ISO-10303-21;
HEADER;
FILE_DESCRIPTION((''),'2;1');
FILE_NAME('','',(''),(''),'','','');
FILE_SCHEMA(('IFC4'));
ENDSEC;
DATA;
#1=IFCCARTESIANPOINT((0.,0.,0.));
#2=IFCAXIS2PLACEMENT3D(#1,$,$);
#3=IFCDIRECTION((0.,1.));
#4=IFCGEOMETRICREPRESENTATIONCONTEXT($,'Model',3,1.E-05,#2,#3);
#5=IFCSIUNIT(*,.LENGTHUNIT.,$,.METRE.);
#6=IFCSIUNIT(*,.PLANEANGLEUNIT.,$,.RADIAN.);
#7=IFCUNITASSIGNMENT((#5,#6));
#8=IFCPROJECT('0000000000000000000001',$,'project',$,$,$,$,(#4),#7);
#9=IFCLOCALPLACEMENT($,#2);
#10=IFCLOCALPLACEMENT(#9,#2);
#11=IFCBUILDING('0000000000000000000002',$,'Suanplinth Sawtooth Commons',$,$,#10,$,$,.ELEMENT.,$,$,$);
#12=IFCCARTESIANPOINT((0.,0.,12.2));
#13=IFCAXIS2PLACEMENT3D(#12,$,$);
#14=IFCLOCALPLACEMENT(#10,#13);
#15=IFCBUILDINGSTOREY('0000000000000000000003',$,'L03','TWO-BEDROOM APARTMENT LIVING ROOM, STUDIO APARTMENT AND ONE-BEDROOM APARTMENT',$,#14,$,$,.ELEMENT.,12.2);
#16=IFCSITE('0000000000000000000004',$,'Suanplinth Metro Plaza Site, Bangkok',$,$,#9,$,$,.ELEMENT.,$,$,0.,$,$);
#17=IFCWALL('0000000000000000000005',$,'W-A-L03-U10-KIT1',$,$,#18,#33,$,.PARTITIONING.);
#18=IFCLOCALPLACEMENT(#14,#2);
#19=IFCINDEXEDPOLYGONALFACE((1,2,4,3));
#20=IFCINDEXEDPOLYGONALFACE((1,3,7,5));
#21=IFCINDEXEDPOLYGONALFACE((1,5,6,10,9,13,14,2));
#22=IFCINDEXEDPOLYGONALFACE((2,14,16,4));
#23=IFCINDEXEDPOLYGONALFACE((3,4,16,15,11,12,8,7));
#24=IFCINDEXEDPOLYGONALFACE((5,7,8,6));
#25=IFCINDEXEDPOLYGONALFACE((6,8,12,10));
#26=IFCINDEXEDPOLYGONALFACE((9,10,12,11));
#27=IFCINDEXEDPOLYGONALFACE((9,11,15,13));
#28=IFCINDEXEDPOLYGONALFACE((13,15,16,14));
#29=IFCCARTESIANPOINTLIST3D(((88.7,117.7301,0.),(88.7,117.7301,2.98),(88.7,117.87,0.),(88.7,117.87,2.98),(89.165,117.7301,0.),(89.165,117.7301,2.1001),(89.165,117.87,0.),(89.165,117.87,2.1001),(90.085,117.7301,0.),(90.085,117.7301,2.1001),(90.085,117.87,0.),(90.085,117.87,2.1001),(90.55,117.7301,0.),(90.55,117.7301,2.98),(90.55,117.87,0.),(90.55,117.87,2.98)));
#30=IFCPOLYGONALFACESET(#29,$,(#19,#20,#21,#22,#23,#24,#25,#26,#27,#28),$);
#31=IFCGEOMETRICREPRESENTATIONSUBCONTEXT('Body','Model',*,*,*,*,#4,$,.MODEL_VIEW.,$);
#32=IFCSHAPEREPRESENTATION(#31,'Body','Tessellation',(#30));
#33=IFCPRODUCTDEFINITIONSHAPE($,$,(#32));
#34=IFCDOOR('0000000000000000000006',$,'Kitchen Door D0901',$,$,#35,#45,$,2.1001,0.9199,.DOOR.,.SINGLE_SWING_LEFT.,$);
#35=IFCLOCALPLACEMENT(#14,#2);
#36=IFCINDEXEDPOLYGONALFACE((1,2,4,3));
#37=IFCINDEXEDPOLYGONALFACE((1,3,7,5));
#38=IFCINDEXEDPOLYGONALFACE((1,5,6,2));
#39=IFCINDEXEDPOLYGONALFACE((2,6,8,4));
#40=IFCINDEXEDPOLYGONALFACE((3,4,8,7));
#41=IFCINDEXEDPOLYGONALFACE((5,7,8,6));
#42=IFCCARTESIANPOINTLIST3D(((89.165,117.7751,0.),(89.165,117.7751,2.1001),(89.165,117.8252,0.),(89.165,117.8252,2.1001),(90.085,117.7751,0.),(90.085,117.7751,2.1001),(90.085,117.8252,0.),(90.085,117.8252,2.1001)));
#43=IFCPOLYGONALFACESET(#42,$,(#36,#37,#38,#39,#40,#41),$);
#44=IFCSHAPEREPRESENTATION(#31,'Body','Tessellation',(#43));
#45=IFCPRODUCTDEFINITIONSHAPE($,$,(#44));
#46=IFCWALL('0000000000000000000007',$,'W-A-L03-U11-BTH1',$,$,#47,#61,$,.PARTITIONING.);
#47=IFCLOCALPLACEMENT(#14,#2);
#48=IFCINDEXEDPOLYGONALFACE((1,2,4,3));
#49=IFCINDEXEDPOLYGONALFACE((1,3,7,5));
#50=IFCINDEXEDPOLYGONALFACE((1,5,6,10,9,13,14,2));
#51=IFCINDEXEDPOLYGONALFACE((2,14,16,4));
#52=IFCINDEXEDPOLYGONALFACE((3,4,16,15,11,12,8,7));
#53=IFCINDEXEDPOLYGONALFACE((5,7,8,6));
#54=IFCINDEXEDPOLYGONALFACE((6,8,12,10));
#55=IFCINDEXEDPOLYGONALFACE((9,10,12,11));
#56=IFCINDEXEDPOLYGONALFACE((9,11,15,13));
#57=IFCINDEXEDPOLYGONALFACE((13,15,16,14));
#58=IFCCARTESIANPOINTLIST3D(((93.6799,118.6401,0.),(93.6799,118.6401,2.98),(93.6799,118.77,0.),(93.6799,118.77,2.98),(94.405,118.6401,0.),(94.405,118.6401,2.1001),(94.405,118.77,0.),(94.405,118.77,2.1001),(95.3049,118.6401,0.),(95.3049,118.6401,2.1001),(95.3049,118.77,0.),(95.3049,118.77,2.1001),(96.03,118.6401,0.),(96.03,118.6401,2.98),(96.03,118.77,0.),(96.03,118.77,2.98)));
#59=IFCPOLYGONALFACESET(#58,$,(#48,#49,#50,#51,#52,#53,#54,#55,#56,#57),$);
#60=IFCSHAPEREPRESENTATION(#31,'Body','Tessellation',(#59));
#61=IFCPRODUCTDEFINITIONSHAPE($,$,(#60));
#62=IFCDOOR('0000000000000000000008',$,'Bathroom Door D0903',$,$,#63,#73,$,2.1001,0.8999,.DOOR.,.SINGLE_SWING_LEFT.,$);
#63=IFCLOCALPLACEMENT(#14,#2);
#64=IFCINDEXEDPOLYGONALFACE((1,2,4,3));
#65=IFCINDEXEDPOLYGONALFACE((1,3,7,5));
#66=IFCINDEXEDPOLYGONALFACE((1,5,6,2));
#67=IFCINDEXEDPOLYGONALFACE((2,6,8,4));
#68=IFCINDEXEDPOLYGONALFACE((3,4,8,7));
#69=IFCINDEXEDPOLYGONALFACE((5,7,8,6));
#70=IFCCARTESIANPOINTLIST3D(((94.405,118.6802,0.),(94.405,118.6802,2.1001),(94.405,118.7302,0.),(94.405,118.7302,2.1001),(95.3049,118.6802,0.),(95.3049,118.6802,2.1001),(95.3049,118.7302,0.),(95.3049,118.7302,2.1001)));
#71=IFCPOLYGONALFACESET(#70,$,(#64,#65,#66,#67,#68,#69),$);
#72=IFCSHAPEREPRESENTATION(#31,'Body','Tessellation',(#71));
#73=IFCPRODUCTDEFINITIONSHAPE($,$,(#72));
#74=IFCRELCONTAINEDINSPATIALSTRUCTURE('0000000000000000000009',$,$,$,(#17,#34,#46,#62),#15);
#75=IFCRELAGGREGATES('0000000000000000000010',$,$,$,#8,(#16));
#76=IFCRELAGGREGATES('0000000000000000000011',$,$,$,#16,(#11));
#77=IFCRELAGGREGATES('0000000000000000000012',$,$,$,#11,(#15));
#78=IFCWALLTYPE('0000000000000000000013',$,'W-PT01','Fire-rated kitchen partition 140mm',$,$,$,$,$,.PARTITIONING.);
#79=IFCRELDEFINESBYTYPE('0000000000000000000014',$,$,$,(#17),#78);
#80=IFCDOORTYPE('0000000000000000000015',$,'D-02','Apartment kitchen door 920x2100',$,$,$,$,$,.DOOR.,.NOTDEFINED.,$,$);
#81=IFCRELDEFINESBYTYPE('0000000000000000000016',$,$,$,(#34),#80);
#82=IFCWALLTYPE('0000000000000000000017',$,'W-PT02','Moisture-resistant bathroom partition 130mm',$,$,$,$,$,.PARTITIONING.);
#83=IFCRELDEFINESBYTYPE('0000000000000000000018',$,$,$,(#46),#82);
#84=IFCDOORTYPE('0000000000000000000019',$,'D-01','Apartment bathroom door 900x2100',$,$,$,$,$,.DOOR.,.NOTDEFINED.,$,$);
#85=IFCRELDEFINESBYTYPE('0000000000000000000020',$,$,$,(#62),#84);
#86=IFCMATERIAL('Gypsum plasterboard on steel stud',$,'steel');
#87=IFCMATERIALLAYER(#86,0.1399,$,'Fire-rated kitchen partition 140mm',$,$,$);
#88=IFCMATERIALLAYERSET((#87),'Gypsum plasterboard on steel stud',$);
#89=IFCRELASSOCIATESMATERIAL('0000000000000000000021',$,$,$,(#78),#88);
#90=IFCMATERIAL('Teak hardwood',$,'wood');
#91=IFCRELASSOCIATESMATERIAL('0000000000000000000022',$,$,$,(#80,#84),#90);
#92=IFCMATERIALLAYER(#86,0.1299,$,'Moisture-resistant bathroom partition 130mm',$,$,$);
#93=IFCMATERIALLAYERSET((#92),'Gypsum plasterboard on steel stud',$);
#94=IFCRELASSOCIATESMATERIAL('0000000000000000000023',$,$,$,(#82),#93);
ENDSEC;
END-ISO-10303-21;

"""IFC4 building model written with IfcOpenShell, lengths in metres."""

from ifc_helpers import new_model, si_unit, direction, frame, frame_2d, origin, place, context, subcontext, project, spatial, rectangle, extrude, material, layer, layer_set, type_object, element, fill, save


model = new_model("IFC4")

# Units and contexts
model_context = context("Model", 3, precision=1e-05, world=origin(), true_north=direction((0.0, 1.0)))
body_context = subcontext(model_context, "Body", "Model", "MODEL_VIEW")
ifc_project = project(units=[si_unit("LENGTHUNIT", "METRE"), si_unit("PLANEANGLEUNIT", "RADIAN")], contexts=[model_context])

# Site, building, storey
site_placement = place(None, origin())
site = spatial("IfcSite", under=ifc_project, at=site_placement, Name="Suanplinth Metro Plaza Site, Bangkok", CompositionType="ELEMENT", RefElevation=0.0)
building_placement = place(site_placement, origin())
building = spatial("IfcBuilding", under=site, at=building_placement, Name="Suanplinth Sawtooth Commons", CompositionType="ELEMENT")
storey_placement = place(building_placement, frame((0.0, 0.0, 12.2)))
storey = spatial("IfcBuildingStorey", under=building, at=storey_placement, Name="L03", Description="TWO-BEDROOM APARTMENT LIVING ROOM, STUDIO APARTMENT AND ONE-BEDROOM APARTMENT", CompositionType="ELEMENT", Elevation=12.2)

# Walls, openings, doors
ifc_material_1 = material(Name="Gypsum plasterboard on steel stud", Category="steel")
ifc_layer_1 = layer(ifc_material_1, 0.1399, Name="Fire-rated kitchen partition 140mm")
ifc_layer_set_1 = layer_set([ifc_layer_1], Name="Gypsum plasterboard on steel stud")
wall_type_1 = type_object("IfcWallType", Name="W-PT01", Description="Fire-rated kitchen partition 140mm", PredefinedType="PARTITIONING", material=ifc_layer_set_1)
wall_1_placement = place(storey_placement, frame((88.7, 117.8, 0.0), z_axis=(0.0, 0.0, 1.0), x_axis=(1.0, 0.0, 0.0)))
wall_1 = element("IfcWall", 1, at=wall_1_placement, inside=storey, type_object=wall_type_1, Name="W-A-L03-U10-KIT1", PredefinedType="PARTITIONING", context=body_context, shape_type="SweptSolid", body=[
    extrude(rectangle(XDim=1.8501, YDim=0.1399, at=frame_2d((0.925, 0.0))), origin(), (0.0, 0.0, 1.0), 2.98),
])
opening_1_placement = place(wall_1_placement, frame((0.4651, 0.0, 0.0)))
opening_1 = element("IfcOpeningElement", 2, at=opening_1_placement, cuts=wall_1, PredefinedType="OPENING", context=body_context, shape_type="SweptSolid", body=[
    extrude(rectangle(XDim=0.9199, YDim=2.1001, at=frame_2d((0.46, 1.05))), frame((0.0, 0.085, 0.0), z_axis=(0.0, -1.0, 0.0), x_axis=(1.0, 0.0, 0.0)), (0.0, 0.0, 1.0), 0.1697),
])
ifc_material_2 = material(Name="Teak hardwood", Category="wood")
door_type_1 = type_object("IfcDoorType", Name="D-02", Description="Apartment kitchen door 920x2100", OperationType="NOTDEFINED", PredefinedType="DOOR", material=ifc_material_2)
door_1_placement = place(opening_1_placement, frame((0.9199, 0.0, 0.0), z_axis=(0.0, 0.0, 1.0), x_axis=(-1.0, 0.0, 0.0)))
door_1 = element("IfcDoor", 3, at=door_1_placement, inside=storey, type_object=door_type_1, Name="Kitchen Door D0901", OperationType="SINGLE_SWING_LEFT", OverallHeight=2.1001, OverallWidth=0.9199, PredefinedType="DOOR", context=body_context, shape_type="SweptSolid", body=[
    extrude(rectangle(XDim=0.9199, YDim=2.1001, at=frame_2d((0.46, 1.05))), frame((0.0, 0.0249, 0.0), z_axis=(0.0, -1.0, 0.0), x_axis=(1.0, 0.0, 0.0)), (0.0, 0.0, 1.0), 0.05),
])
fill(opening_1, door_1)
ifc_layer_2 = layer(ifc_material_1, 0.1299, Name="Moisture-resistant bathroom partition 130mm")
ifc_layer_set_2 = layer_set([ifc_layer_2], Name="Gypsum plasterboard on steel stud")
wall_type_2 = type_object("IfcWallType", Name="W-PT02", Description="Moisture-resistant bathroom partition 130mm", PredefinedType="PARTITIONING", material=ifc_layer_set_2)
wall_2_placement = place(storey_placement, frame((93.6799, 118.7051, 0.0), z_axis=(0.0, 0.0, 1.0), x_axis=(1.0, 0.0, 0.0)))
wall_2 = element("IfcWall", 4, at=wall_2_placement, inside=storey, type_object=wall_type_2, Name="W-A-L03-U11-BTH1", PredefinedType="PARTITIONING", context=body_context, shape_type="SweptSolid", body=[
    extrude(rectangle(XDim=2.3501, YDim=0.1299, at=frame_2d((1.175, 0.0))), origin(), (0.0, 0.0, 1.0), 2.98),
])
opening_2_placement = place(wall_2_placement, frame((0.7251, 0.0, 0.0)))
opening_2 = element("IfcOpeningElement", 5, at=opening_2_placement, cuts=wall_2, PredefinedType="OPENING", context=body_context, shape_type="SweptSolid", body=[
    extrude(rectangle(XDim=0.8999, YDim=2.1001, at=frame_2d((0.45, 1.05))), frame((0.0, 0.0798, 0.0), z_axis=(0.0, -1.0, 0.0), x_axis=(1.0, 0.0, 0.0)), (0.0, 0.0, 1.0), 0.1597),
])
door_type_2 = type_object("IfcDoorType", Name="D-01", Description="Apartment bathroom door 900x2100", OperationType="NOTDEFINED", PredefinedType="DOOR", material=ifc_material_2)
door_2_placement = place(opening_2_placement, frame((0.8999, 0.0, 0.0), z_axis=(0.0, 0.0, 1.0), x_axis=(-1.0, 0.0, 0.0)))
door_2 = element("IfcDoor", 6, at=door_2_placement, inside=storey, type_object=door_type_2, Name="Bathroom Door D0903", OperationType="SINGLE_SWING_LEFT", OverallHeight=2.1001, OverallWidth=0.8999, PredefinedType="DOOR", context=body_context, shape_type="SweptSolid", body=[
    extrude(rectangle(XDim=0.8999, YDim=2.1001, at=frame_2d((0.45, 1.05))), frame((0.0, 0.0249, 0.0), z_axis=(0.0, -1.0, 0.0), x_axis=(1.0, 0.0, 0.0)), (0.0, 0.0, 1.0), 0.05),
])
fill(opening_2, door_2)

save(model, "model.ifc")
